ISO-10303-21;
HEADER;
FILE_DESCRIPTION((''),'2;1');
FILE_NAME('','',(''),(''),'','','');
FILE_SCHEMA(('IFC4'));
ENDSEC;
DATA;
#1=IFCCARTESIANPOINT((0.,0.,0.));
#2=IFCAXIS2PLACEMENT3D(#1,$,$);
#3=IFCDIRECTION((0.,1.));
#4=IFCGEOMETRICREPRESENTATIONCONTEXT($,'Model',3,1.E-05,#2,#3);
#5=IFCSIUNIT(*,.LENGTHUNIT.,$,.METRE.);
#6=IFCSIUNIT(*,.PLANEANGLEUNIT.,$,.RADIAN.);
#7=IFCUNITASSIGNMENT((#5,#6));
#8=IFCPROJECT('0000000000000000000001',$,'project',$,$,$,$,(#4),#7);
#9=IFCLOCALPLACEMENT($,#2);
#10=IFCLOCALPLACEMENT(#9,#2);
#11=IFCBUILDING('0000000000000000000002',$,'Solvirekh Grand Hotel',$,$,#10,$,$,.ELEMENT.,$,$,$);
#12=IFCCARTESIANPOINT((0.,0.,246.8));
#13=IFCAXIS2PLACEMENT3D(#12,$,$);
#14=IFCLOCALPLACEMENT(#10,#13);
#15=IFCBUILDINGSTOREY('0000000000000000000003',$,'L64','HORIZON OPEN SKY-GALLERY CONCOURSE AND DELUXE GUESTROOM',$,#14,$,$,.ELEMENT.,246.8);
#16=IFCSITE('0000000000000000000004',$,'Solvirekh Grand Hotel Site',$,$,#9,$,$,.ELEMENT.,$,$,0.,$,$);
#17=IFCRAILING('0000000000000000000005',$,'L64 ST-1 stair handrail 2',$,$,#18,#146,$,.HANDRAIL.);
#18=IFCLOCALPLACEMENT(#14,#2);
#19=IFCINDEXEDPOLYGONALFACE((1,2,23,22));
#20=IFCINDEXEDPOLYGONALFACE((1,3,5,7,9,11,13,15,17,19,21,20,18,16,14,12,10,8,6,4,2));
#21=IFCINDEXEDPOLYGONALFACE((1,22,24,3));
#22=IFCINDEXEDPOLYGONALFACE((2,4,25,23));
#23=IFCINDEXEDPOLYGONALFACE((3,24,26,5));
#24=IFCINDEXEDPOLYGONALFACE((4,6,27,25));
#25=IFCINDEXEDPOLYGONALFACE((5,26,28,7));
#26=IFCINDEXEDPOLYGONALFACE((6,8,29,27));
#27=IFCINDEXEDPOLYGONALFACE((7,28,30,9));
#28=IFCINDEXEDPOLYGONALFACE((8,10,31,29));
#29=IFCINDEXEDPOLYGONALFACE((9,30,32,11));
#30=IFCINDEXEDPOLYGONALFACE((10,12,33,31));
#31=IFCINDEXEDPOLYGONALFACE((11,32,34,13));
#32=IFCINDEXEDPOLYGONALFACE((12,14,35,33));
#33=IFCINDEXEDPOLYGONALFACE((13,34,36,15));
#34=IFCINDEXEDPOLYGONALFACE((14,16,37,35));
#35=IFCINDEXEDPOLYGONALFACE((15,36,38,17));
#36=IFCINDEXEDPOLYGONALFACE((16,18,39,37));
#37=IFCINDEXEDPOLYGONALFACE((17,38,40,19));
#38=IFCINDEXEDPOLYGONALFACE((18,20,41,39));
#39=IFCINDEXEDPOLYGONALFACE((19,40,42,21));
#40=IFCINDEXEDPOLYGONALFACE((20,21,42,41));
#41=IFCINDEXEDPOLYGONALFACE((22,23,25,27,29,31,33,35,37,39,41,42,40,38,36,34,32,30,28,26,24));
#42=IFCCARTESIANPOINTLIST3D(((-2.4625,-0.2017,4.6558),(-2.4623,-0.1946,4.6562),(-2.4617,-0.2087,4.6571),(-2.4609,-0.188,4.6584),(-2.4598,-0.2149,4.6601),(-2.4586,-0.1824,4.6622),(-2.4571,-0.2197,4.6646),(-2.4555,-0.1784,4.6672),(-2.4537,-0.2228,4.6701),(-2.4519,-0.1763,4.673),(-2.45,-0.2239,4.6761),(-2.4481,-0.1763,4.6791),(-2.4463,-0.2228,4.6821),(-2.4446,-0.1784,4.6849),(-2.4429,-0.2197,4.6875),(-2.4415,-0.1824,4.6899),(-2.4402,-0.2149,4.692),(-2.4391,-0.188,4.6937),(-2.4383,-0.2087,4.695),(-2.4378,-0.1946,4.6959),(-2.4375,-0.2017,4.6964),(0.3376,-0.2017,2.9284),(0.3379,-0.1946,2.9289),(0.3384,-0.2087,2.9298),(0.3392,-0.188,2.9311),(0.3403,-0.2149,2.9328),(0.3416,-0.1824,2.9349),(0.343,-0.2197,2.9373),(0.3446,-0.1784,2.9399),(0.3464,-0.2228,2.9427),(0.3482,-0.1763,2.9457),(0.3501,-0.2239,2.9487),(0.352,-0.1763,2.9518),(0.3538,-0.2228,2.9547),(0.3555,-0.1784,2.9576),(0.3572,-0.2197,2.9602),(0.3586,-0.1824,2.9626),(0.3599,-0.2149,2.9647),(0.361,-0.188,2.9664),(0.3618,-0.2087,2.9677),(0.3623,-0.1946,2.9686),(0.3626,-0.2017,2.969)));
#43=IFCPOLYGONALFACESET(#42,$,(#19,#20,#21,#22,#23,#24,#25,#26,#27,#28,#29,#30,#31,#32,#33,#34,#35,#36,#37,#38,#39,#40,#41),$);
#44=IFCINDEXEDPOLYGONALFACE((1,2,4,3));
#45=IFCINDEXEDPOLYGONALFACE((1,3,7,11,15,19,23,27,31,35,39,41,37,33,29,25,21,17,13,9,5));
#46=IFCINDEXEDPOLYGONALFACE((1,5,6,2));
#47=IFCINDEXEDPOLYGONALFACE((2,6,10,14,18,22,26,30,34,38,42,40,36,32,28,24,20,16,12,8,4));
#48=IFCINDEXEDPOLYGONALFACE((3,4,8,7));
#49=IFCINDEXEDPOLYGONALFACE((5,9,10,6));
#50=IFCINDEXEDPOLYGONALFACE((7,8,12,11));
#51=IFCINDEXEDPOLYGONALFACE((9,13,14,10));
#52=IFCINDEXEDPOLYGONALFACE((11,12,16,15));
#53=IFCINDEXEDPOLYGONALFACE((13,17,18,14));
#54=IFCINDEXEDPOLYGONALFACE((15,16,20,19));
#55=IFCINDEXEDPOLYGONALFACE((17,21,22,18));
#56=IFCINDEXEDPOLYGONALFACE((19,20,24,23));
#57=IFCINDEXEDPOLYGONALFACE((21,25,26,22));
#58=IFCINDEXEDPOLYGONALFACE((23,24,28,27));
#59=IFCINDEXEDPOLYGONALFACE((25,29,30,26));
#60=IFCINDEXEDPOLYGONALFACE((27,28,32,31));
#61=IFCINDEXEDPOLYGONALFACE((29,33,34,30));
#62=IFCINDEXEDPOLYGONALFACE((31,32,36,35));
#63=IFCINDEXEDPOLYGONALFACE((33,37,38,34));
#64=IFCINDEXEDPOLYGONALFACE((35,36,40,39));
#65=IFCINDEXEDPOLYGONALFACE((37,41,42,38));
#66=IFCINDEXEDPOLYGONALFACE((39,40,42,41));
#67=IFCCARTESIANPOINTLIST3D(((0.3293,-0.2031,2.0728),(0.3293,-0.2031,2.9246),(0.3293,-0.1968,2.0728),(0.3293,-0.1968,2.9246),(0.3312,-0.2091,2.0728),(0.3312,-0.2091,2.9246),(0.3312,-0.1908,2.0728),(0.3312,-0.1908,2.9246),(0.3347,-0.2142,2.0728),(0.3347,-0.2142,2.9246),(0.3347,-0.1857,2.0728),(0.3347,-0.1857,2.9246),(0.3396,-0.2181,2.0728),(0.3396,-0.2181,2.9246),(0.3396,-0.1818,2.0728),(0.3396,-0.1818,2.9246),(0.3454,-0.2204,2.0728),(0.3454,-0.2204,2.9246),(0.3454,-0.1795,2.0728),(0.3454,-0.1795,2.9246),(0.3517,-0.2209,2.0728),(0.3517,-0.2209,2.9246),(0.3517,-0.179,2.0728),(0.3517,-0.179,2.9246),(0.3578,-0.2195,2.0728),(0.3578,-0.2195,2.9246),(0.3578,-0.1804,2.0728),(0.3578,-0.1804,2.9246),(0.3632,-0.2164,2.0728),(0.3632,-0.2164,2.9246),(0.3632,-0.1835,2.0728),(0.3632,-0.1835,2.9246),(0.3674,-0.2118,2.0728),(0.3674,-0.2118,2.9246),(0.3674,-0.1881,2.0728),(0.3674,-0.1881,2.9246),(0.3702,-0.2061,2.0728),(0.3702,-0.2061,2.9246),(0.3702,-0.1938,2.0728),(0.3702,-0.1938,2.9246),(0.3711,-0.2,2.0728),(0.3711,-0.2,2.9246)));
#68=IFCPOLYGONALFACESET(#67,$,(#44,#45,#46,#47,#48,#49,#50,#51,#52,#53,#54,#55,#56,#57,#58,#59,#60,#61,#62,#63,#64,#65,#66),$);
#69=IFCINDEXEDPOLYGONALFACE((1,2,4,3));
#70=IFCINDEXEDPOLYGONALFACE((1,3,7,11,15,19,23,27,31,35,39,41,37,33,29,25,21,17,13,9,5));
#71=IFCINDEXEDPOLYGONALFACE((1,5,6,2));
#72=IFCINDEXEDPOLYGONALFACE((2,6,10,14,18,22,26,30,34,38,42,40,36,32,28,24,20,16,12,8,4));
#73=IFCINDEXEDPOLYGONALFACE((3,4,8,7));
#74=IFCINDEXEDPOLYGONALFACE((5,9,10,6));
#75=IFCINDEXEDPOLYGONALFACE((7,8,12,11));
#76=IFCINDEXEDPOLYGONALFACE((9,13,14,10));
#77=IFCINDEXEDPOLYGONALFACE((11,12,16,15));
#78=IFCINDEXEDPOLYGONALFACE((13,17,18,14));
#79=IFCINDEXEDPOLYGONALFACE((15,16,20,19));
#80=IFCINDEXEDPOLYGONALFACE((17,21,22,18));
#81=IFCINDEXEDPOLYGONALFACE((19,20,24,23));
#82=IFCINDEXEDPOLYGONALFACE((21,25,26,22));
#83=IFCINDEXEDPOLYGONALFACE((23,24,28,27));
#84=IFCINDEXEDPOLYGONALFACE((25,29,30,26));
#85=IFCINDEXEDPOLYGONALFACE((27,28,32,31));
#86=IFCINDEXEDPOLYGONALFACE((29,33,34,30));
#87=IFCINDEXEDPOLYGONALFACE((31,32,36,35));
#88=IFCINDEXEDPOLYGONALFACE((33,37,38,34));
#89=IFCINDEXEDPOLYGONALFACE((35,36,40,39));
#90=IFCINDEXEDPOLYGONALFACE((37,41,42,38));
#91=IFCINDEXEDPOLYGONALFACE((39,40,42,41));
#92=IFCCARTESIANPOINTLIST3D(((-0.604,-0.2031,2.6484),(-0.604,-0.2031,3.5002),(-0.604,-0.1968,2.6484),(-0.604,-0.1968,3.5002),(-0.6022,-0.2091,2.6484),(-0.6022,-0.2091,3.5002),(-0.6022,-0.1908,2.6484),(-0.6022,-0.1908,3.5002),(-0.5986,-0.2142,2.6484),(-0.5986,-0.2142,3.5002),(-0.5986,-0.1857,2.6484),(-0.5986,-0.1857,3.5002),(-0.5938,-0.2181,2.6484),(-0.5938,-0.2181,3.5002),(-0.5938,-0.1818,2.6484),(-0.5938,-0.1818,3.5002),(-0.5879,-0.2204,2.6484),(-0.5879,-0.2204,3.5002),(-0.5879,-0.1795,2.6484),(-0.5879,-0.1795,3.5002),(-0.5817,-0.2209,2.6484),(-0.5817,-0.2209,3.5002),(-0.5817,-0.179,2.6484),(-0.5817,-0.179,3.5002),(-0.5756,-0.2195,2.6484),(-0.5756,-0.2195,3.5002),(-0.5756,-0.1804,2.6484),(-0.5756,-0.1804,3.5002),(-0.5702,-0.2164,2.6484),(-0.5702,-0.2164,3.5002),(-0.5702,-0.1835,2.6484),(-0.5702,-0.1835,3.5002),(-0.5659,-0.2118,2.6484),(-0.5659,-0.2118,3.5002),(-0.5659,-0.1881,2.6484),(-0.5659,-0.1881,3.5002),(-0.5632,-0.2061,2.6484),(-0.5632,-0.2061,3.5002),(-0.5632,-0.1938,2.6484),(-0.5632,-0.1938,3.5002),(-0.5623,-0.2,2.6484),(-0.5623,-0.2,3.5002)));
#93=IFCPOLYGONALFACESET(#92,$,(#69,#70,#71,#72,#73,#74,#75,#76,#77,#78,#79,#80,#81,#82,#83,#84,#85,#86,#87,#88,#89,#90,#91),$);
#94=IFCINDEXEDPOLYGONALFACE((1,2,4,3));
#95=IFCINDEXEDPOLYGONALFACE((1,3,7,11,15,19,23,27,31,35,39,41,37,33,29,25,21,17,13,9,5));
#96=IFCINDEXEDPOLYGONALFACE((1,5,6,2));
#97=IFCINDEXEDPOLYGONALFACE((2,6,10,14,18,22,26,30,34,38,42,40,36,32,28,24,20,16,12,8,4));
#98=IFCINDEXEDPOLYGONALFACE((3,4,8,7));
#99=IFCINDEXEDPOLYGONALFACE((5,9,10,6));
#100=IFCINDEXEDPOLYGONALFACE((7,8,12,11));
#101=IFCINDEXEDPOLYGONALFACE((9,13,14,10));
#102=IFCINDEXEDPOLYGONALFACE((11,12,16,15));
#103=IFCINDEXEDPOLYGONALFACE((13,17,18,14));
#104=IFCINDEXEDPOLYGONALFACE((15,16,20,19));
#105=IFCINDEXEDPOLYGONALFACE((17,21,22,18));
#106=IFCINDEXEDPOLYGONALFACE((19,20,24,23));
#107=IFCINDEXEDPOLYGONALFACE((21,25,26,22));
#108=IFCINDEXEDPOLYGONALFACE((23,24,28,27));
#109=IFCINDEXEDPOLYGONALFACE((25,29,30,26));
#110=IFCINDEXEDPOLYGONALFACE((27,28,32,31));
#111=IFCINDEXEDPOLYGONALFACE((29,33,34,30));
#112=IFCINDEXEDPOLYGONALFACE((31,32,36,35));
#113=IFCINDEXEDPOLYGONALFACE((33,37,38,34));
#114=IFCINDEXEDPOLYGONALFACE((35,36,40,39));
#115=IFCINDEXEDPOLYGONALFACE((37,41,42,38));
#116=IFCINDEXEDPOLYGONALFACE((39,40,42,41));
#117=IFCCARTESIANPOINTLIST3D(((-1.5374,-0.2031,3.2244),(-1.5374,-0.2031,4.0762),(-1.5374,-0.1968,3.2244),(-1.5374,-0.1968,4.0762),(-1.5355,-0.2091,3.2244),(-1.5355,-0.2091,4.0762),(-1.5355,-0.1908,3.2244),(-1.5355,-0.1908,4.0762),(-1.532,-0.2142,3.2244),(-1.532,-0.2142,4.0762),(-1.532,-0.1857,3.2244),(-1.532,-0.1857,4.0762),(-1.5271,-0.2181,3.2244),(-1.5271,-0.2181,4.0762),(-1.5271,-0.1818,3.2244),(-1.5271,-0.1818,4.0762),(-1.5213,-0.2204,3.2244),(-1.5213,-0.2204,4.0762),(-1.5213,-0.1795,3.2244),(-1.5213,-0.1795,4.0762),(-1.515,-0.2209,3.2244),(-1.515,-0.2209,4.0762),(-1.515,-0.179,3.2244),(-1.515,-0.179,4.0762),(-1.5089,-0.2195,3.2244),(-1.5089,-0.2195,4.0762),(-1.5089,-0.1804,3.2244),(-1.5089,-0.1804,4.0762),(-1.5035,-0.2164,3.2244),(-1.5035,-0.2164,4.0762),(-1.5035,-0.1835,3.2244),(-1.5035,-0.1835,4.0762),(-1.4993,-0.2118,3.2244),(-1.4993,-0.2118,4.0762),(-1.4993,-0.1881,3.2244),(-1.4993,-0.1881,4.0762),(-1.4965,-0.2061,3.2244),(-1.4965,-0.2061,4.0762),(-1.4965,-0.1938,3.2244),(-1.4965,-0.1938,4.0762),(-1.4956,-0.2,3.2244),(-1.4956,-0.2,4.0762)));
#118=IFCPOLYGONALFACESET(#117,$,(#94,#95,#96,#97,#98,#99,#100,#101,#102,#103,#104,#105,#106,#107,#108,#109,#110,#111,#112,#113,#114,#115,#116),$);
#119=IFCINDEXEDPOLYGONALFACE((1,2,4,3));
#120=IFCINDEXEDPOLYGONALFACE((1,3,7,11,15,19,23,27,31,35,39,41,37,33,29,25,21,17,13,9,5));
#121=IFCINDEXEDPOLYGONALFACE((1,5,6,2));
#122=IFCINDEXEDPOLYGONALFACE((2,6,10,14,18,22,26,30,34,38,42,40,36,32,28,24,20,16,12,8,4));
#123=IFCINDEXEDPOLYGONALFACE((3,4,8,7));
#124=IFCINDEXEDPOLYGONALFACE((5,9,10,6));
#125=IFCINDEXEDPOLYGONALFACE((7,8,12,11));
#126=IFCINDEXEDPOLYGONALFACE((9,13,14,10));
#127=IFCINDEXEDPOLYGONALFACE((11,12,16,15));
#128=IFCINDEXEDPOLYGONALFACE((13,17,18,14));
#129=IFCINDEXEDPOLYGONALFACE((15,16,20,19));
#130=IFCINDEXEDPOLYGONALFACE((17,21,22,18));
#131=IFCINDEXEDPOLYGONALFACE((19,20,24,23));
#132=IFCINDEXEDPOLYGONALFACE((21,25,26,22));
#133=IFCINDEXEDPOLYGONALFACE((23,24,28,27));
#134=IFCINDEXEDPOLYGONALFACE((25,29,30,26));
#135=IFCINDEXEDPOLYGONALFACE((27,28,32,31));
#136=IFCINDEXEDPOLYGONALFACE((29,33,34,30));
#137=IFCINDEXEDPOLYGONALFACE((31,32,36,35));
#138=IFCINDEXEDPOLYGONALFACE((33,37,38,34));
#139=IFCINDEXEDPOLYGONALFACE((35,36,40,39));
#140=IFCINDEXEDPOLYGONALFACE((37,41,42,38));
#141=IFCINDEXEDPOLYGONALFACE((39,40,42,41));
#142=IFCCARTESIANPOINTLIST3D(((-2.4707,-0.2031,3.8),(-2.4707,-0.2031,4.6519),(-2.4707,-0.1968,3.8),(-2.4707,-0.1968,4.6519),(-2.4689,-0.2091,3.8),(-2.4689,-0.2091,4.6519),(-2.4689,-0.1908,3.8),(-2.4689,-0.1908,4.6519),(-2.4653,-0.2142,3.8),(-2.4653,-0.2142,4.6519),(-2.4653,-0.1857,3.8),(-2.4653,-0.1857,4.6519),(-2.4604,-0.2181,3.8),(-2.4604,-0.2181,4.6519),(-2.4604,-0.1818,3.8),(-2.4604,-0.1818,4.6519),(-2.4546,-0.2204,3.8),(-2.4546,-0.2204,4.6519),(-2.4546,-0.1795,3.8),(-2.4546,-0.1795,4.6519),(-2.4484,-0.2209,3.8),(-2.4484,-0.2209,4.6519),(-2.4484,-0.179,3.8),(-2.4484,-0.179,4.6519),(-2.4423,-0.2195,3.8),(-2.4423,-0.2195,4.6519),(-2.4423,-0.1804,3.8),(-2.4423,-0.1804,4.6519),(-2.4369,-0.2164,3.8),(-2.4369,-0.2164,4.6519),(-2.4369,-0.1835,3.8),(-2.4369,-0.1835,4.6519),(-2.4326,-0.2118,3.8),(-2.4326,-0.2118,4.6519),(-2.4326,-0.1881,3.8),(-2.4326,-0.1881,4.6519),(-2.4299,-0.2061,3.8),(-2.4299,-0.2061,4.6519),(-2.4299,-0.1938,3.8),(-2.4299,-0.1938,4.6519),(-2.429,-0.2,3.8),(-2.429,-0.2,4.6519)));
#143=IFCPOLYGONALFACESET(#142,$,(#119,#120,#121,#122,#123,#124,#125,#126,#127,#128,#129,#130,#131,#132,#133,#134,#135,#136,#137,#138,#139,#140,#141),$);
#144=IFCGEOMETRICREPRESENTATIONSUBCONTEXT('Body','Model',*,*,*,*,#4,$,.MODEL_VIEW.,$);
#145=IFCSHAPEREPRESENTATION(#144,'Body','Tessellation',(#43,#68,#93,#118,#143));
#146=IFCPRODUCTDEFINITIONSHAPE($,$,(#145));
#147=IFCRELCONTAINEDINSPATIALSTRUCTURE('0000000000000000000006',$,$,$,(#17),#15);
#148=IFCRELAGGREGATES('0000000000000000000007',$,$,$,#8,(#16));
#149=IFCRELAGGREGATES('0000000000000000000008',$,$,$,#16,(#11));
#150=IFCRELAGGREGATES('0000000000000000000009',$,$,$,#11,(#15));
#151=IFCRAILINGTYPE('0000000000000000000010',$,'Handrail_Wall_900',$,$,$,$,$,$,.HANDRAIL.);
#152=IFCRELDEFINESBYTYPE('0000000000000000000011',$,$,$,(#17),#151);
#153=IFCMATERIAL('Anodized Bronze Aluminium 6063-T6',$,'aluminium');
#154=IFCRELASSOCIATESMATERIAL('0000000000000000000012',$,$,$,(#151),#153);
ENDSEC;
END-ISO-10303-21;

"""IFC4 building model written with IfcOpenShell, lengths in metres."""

from ifc_helpers import new_model, si_unit, direction, frame, origin, origin_2d, place, context, subcontext, project, spatial, circle, extrude, material, type_object, element, save


model = new_model("IFC4")

# Units and contexts
model_context = context("Model", 3, precision=1e-05, world=origin(), true_north=direction((0.0, 1.0)))
body_context = subcontext(model_context, "Body", "Model", "MODEL_VIEW")
ifc_project = project(units=[si_unit("LENGTHUNIT", "METRE"), si_unit("PLANEANGLEUNIT", "RADIAN")], contexts=[model_context])

# Site, building, storey
site_placement = place(None, origin())
site = spatial("IfcSite", under=ifc_project, at=site_placement, Name="Solvirekh Grand Hotel Site", CompositionType="ELEMENT", RefElevation=0.0)
building_placement = place(site_placement, origin())
building = spatial("IfcBuilding", under=site, at=building_placement, Name="Solvirekh Grand Hotel", CompositionType="ELEMENT")
storey_placement = place(building_placement, frame((0.0, 0.0, 246.8)))
storey = spatial("IfcBuildingStorey", under=building, at=storey_placement, Name="L64", Description="HORIZON OPEN SKY-GALLERY CONCOURSE AND DELUXE GUESTROOM", CompositionType="ELEMENT", Elevation=246.8)

# Railing
ifc_material_1 = material(Name="Anodized Bronze Aluminium 6063-T6", Category="aluminium")
railing_type_1 = type_object("IfcRailingType", Name="Handrail_Wall_900", PredefinedType="HANDRAIL", material=ifc_material_1)
railing_1_placement = place(storey_placement, frame((0.3501, -0.2, 2.0728)))
element("IfcRailing", 1, at=railing_1_placement, inside=storey, type_object=railing_type_1, Name="L64 ST-1 stair handrail 2", PredefinedType="HANDRAIL", context=body_context, shape_type="SweptSolid", body=[
    extrude(circle(Radius=0.0239, at=origin_2d()), frame((0.0, 0.0, 0.876), z_axis=(-0.85109, 0.0, 0.52502), x_axis=(0.0, -1.0, 0.0)), (0.0, 0.0, 1.0), 3.29),
    extrude(circle(Radius=0.021, at=origin_2d()), origin(), (0.0, 0.0, 1.0), 0.8518),
    extrude(circle(Radius=0.021, at=origin_2d()), frame((-0.9333, 0.0, 0.5757)), (0.0, 0.0, 1.0), 0.8518),
    extrude(circle(Radius=0.021, at=origin_2d()), frame((-1.8667, 0.0, 1.1516)), (0.0, 0.0, 1.0), 0.8518),
    extrude(circle(Radius=0.021, at=origin_2d()), frame((-2.8, 0.0, 1.7273)), (0.0, 0.0, 1.0), 0.8518),
])

save(model, "model.ifc")
